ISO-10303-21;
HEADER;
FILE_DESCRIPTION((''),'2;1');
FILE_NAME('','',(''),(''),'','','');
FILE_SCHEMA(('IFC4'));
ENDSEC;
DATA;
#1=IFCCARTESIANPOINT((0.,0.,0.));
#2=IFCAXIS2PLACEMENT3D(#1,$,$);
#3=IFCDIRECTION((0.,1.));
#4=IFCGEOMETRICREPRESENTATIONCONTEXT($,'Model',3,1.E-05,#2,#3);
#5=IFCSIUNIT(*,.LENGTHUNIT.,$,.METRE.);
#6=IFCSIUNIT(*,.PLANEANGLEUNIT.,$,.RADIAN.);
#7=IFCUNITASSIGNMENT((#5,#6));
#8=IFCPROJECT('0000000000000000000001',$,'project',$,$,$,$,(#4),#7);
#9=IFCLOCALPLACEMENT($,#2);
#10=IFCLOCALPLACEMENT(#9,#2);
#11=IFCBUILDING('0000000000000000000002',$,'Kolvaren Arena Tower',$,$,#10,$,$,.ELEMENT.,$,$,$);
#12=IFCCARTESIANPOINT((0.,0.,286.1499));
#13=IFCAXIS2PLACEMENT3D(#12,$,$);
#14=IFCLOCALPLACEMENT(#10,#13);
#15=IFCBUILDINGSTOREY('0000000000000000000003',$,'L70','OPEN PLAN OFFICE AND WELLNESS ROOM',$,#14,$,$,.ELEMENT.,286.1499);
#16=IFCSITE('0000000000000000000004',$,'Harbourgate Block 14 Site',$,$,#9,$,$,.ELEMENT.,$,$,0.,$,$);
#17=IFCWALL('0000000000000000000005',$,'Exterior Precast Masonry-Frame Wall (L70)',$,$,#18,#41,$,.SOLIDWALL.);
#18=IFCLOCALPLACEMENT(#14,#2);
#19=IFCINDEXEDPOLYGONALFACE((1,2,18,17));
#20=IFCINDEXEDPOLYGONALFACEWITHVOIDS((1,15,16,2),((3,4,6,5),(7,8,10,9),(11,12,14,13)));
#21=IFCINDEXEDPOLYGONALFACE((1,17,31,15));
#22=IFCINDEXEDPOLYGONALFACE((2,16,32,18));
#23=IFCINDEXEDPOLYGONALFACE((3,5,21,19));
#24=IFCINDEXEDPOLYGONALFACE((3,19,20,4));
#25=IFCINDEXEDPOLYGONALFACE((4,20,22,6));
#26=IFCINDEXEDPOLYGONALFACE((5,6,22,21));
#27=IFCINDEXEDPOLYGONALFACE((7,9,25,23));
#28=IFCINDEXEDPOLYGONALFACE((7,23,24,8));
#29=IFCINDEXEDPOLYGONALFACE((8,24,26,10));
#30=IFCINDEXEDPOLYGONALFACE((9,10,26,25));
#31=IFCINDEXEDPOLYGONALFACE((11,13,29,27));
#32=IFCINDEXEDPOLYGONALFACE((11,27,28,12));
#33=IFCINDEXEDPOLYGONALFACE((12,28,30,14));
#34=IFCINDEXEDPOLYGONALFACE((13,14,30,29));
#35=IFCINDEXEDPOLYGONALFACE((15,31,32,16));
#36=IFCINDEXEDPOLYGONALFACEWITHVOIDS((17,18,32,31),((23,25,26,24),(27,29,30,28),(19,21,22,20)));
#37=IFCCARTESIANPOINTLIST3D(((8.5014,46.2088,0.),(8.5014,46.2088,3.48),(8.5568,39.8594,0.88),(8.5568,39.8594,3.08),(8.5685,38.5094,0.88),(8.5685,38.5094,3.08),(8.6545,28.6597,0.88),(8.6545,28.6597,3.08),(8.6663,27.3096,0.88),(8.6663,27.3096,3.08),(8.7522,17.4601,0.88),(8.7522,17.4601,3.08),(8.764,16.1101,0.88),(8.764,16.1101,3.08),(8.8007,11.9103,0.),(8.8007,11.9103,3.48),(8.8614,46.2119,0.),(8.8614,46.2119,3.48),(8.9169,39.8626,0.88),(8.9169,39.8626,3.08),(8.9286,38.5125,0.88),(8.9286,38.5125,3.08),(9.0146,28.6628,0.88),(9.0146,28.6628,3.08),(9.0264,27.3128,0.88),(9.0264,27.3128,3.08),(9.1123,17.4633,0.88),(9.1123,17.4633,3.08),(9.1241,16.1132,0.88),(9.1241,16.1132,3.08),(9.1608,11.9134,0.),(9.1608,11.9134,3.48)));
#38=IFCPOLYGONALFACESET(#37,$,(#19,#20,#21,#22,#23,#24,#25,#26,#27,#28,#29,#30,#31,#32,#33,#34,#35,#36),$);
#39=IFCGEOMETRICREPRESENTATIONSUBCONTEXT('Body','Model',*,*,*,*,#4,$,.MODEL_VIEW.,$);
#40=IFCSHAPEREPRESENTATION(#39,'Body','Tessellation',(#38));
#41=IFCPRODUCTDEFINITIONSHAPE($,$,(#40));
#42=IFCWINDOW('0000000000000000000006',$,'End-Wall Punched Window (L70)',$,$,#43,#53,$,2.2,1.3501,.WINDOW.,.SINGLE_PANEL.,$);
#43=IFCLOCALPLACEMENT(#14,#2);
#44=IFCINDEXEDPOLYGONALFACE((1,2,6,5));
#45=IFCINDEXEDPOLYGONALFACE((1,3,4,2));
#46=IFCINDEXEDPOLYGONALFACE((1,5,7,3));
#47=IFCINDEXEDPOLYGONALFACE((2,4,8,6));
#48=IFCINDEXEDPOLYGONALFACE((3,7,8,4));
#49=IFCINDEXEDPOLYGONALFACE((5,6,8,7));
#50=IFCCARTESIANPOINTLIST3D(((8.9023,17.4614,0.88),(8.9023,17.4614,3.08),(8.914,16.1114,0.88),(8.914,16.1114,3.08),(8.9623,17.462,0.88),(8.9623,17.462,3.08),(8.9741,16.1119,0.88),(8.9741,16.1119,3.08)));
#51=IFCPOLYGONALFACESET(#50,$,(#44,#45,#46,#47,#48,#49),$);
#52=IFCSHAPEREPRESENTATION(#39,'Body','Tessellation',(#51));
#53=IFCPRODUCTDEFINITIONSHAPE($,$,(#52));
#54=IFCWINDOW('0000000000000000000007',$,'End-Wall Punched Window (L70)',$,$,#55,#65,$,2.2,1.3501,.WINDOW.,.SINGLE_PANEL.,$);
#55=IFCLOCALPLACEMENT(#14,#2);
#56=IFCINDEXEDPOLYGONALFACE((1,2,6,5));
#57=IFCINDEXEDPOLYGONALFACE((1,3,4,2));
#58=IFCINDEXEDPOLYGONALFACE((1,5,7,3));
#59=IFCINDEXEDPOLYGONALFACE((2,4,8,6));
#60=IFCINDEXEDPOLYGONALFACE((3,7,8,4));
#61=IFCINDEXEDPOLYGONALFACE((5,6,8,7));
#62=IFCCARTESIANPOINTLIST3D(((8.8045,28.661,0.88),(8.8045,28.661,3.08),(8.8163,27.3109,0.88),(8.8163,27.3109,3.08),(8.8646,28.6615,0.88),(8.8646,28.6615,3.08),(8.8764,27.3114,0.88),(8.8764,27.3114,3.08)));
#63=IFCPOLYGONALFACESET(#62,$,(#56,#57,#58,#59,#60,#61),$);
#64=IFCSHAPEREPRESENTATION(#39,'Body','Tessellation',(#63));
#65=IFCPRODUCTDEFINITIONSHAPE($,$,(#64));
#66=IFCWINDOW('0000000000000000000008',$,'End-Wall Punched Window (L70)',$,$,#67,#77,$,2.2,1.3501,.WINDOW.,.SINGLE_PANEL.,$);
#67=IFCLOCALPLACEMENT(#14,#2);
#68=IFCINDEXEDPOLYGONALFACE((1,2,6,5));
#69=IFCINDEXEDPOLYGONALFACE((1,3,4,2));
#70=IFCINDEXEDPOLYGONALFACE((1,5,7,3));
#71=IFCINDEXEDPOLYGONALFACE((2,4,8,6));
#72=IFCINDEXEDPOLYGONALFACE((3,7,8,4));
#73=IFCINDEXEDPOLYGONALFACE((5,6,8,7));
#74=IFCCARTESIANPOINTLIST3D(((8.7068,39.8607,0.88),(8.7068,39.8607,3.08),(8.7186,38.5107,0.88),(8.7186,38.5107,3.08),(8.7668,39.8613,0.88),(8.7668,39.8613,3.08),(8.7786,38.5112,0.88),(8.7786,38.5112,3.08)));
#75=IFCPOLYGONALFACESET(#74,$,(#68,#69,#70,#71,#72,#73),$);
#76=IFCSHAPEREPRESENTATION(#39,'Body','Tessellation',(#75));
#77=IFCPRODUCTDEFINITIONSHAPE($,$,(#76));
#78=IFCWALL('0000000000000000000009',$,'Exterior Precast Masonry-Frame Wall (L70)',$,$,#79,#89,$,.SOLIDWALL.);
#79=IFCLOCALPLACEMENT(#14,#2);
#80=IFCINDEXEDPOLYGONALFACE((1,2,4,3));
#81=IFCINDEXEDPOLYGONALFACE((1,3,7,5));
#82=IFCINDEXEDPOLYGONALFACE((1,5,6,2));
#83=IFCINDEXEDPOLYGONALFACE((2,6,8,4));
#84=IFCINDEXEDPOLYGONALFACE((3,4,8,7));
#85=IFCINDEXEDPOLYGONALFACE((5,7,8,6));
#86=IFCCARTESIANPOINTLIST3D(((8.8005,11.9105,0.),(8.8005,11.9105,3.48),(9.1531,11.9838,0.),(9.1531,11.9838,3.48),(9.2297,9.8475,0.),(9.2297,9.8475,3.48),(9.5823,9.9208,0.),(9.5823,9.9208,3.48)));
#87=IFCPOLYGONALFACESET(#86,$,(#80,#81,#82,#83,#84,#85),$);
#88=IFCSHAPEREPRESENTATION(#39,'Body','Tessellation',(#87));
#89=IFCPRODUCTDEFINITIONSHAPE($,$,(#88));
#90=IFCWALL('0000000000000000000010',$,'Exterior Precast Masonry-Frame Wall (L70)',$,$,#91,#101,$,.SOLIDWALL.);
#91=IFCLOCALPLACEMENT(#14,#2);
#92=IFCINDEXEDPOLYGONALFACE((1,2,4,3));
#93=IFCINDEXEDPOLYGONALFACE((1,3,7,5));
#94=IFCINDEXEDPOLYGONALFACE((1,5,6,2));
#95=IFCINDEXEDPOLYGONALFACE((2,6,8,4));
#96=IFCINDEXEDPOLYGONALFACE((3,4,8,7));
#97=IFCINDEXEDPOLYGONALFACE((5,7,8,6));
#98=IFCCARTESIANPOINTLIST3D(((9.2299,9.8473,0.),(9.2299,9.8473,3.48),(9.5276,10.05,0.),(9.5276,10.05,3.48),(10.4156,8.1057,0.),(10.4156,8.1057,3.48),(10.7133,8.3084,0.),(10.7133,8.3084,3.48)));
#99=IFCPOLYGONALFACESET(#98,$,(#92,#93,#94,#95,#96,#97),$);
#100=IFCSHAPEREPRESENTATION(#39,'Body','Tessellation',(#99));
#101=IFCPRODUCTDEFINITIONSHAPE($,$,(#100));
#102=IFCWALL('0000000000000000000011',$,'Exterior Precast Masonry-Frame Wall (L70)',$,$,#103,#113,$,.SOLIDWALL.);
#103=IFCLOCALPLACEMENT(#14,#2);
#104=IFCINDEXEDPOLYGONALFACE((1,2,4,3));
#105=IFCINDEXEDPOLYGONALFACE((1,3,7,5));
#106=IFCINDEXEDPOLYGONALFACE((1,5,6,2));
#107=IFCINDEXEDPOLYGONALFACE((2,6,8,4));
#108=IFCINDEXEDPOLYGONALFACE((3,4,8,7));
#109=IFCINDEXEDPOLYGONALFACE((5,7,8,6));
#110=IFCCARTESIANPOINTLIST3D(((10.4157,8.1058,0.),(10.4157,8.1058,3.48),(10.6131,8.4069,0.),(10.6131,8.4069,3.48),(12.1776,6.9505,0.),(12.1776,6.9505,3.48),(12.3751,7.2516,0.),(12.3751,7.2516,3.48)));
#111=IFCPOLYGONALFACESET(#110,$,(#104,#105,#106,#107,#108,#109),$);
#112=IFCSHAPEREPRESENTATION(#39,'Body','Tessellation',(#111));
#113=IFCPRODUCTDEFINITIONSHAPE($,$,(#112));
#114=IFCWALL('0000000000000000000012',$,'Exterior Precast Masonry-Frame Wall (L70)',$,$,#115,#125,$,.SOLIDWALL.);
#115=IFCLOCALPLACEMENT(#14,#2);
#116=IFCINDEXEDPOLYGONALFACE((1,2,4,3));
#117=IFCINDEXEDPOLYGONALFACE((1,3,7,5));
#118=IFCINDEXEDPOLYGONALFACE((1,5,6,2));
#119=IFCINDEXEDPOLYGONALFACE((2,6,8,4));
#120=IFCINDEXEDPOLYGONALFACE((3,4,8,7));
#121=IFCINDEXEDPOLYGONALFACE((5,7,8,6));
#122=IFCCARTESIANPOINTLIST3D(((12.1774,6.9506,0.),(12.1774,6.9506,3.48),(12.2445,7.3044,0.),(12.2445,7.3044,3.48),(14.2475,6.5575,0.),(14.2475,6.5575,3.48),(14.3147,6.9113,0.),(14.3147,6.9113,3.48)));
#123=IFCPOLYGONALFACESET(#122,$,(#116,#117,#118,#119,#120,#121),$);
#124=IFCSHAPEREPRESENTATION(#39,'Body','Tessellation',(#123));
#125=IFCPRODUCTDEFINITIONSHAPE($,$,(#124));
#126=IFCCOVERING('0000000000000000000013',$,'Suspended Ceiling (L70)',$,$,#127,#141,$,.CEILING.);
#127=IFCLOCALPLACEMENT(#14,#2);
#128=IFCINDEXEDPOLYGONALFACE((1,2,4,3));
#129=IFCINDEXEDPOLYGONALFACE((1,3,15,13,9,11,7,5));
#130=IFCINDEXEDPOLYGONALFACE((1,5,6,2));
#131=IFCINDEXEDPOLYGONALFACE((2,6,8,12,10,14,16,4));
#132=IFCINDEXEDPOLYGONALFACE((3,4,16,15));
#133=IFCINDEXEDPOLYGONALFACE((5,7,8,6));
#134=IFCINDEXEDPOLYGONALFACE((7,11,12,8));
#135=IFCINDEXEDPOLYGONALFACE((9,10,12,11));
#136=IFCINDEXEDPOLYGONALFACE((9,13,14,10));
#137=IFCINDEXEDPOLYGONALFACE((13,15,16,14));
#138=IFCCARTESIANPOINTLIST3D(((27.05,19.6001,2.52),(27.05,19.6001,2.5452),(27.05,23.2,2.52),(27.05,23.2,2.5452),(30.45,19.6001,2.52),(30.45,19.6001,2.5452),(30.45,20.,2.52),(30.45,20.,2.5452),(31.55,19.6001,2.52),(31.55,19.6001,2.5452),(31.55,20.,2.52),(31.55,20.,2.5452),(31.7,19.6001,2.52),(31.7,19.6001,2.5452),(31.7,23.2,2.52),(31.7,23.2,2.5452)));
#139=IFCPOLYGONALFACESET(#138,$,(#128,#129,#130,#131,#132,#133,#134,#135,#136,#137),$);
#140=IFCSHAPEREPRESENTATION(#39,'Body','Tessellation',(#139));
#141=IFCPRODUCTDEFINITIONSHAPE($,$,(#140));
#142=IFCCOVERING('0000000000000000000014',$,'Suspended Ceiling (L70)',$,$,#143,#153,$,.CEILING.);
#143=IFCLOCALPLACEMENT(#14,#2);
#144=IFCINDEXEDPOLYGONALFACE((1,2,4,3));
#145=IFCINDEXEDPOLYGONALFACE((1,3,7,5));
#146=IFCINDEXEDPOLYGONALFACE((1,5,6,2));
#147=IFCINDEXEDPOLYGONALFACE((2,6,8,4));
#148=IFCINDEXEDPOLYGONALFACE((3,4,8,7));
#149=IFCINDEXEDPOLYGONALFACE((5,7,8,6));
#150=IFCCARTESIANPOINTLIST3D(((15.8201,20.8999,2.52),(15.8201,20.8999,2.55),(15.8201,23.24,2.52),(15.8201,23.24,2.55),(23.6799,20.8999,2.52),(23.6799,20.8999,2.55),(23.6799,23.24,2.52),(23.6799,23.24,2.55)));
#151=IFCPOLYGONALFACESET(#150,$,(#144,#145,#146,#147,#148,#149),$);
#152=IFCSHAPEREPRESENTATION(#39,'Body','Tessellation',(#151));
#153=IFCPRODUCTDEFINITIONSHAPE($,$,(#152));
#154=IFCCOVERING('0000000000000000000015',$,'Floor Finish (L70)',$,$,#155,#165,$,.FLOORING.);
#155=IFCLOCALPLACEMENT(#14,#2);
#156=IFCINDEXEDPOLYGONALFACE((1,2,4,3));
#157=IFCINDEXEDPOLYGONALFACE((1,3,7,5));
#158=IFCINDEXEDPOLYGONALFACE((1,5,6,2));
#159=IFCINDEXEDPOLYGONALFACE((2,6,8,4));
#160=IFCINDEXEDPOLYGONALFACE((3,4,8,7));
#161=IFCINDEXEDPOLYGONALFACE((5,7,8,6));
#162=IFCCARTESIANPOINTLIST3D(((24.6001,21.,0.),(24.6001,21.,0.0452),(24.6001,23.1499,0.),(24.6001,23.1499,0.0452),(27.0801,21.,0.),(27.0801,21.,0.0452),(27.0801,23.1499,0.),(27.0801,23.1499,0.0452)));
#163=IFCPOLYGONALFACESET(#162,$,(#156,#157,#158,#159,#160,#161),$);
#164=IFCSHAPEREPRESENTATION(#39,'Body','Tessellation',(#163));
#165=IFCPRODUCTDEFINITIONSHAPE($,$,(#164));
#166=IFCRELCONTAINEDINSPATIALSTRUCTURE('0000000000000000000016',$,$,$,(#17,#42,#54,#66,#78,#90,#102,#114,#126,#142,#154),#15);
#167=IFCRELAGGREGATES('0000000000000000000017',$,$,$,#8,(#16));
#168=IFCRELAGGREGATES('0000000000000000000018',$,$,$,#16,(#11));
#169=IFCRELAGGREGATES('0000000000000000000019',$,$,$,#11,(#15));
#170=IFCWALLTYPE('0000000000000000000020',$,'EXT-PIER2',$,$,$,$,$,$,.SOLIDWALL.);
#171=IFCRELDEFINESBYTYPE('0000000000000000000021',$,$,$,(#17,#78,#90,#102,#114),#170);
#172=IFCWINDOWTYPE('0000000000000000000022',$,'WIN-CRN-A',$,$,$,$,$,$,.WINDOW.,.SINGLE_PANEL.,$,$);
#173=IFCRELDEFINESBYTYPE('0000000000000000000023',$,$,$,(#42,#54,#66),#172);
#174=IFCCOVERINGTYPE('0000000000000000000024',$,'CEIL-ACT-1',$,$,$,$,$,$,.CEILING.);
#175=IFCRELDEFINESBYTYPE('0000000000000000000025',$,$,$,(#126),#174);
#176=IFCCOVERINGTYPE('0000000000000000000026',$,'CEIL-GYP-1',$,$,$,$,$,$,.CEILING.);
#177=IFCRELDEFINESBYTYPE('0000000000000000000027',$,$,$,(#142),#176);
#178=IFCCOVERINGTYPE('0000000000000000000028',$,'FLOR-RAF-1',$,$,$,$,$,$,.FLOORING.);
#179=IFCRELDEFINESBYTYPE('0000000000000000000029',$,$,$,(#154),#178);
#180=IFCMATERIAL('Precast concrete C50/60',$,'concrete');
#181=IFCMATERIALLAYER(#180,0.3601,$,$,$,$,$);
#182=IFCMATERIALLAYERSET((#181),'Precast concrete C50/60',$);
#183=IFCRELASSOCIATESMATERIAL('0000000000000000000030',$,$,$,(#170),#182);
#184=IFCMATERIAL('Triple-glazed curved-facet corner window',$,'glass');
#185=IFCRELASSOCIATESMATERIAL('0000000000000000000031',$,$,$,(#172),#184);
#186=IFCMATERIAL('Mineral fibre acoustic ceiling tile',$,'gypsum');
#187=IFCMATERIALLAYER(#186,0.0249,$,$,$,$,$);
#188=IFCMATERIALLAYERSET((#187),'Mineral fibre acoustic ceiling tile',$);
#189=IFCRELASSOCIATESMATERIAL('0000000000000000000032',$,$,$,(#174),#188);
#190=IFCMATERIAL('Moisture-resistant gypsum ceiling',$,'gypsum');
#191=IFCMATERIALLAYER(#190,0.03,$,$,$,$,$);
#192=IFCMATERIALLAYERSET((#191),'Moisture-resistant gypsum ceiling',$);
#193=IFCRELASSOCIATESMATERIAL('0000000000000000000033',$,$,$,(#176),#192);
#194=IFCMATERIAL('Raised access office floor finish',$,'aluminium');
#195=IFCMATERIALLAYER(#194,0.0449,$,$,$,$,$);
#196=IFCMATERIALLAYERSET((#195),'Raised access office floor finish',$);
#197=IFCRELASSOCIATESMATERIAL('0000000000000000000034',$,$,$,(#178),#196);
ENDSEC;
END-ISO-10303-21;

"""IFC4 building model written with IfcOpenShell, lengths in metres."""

from ifc_helpers import new_model, si_unit, direction, frame, frame_2d, origin, place, context, subcontext, project, spatial, polyline, rectangle, outline, extrude, material, layer, layer_set, type_object, element, fill, save


model = new_model("IFC4")

# Units and contexts
model_context = context("Model", 3, precision=1e-05, world=origin(), true_north=direction((0.0, 1.0)))
body_context = subcontext(model_context, "Body", "Model", "MODEL_VIEW")
ifc_project = project(units=[si_unit("LENGTHUNIT", "METRE"), si_unit("PLANEANGLEUNIT", "RADIAN")], contexts=[model_context])

# Site, building, storey
site_placement = place(None, origin())
site = spatial("IfcSite", under=ifc_project, at=site_placement, Name="Harbourgate Block 14 Site", CompositionType="ELEMENT", RefElevation=0.0)
building_placement = place(site_placement, origin())
building = spatial("IfcBuilding", under=site, at=building_placement, Name="Kolvaren Arena Tower", CompositionType="ELEMENT")
storey_placement = place(building_placement, frame((0.0, 0.0, 286.1499)))
storey = spatial("IfcBuildingStorey", under=building, at=storey_placement, Name="L70", Description="OPEN PLAN OFFICE AND WELLNESS ROOM", CompositionType="ELEMENT", Elevation=286.1499)

# Shared definitions
ifc_material_1 = material(Name="Precast concrete C50/60", Category="concrete")

# Wall, openings, windows
ifc_layer_1 = layer(ifc_material_1, 0.3601)
ifc_layer_set_1 = layer_set([ifc_layer_1], Name="Precast concrete C50/60")
wall_type = type_object("IfcWallType", Name="EXT-PIER2", PredefinedType="SOLIDWALL", material=ifc_layer_set_1)
wall_1_placement = place(storey_placement, frame((8.9807, 11.9119, 0.0), z_axis=(0.0, 0.0, 1.0), x_axis=(-0.008726, 0.999962, 0.0)))
wall_1 = element("IfcWall", 1, at=wall_1_placement, inside=storey, type_object=wall_type, Name="Exterior Precast Masonry-Frame Wall (L70)", PredefinedType="SOLIDWALL", context=body_context, shape_type="SweptSolid", body=[
    extrude(rectangle(XDim=34.2998, YDim=0.3601, at=frame_2d((17.1499, 0.0))), origin(), (0.0, 0.0, 1.0), 3.48),
])
opening_1_placement = place(wall_1_placement, frame((4.2, 0.0, 0.8799)))
opening_1 = element("IfcOpeningElement", 2, at=opening_1_placement, cuts=wall_1, PredefinedType="OPENING", context=body_context, shape_type="SweptSolid", body=[
    extrude(rectangle(XDim=1.3501, YDim=2.2, at=frame_2d((0.675, 1.1001))), frame((0.0, 0.1899, 0.0), z_axis=(0.0, -1.0, 0.0), x_axis=(1.0, 0.0, 0.0)), (0.0, 0.0, 1.0), 0.3801),
])
opening_2_placement = place(wall_1_placement, frame((15.3999, 0.0, 0.8799)))
opening_2 = element("IfcOpeningElement", 3, at=opening_2_placement, cuts=wall_1, PredefinedType="OPENING", context=body_context, shape_type="SweptSolid", body=[
    extrude(rectangle(XDim=1.3501, YDim=2.2, at=frame_2d((0.675, 1.1001))), frame((0.0, 0.1899, 0.0), z_axis=(0.0, -1.0, 0.0), x_axis=(1.0, 0.0, 0.0)), (0.0, 0.0, 1.0), 0.3801),
])
opening_3_placement = place(wall_1_placement, frame((26.6001, 0.0, 0.8799)))
opening_3 = element("IfcOpeningElement", 4, at=opening_3_placement, cuts=wall_1, PredefinedType="OPENING", context=body_context, shape_type="SweptSolid", body=[
    extrude(rectangle(XDim=1.3501, YDim=2.2, at=frame_2d((0.675, 1.1001))), frame((0.0, 0.1899, 0.0), z_axis=(0.0, -1.0, 0.0), x_axis=(1.0, 0.0, 0.0)), (0.0, 0.0, 1.0), 0.3801),
])
ifc_material_2 = material(Name="Triple-glazed curved-facet corner window", Category="glass")
window_type = type_object("IfcWindowType", Name="WIN-CRN-A", PartitioningType="SINGLE_PANEL", PredefinedType="WINDOW", material=ifc_material_2)
window_1_placement = place(opening_1_placement, origin())
window_1 = element("IfcWindow", 5, at=window_1_placement, inside=storey, type_object=window_type, Name="End-Wall Punched Window (L70)", OverallHeight=2.2, OverallWidth=1.3501, PartitioningType="SINGLE_PANEL", PredefinedType="WINDOW", context=body_context, shape_type="SweptSolid", body=[
    extrude(rectangle(XDim=1.3501, YDim=2.2, at=frame_2d((0.675, 1.1001))), frame((0.0, 0.03, 0.0), z_axis=(0.0, -1.0, 0.0), x_axis=(1.0, 0.0, 0.0)), (0.0, 0.0, 1.0), 0.0601),
])
fill(opening_1, window_1)
window_2_placement = place(opening_2_placement, origin())
window_2 = element("IfcWindow", 6, at=window_2_placement, inside=storey, type_object=window_type, Name="End-Wall Punched Window (L70)", OverallHeight=2.2, OverallWidth=1.3501, PartitioningType="SINGLE_PANEL", PredefinedType="WINDOW", context=body_context, shape_type="SweptSolid", body=[
    extrude(rectangle(XDim=1.3501, YDim=2.2, at=frame_2d((0.675, 1.1001))), frame((0.0, 0.03, 0.0), z_axis=(0.0, -1.0, 0.0), x_axis=(1.0, 0.0, 0.0)), (0.0, 0.0, 1.0), 0.0601),
])
fill(opening_2, window_2)
window_3_placement = place(opening_3_placement, origin())
window_3 = element("IfcWindow", 7, at=window_3_placement, inside=storey, type_object=window_type, Name="End-Wall Punched Window (L70)", OverallHeight=2.2, OverallWidth=1.3501, PartitioningType="SINGLE_PANEL", PredefinedType="WINDOW", context=body_context, shape_type="SweptSolid", body=[
    extrude(rectangle(XDim=1.3501, YDim=2.2, at=frame_2d((0.675, 1.1001))), frame((0.0, 0.03, 0.0), z_axis=(0.0, -1.0, 0.0), x_axis=(1.0, 0.0, 0.0)), (0.0, 0.0, 1.0), 0.0601),
])
fill(opening_3, window_3)

# Walls
wall_2_placement = place(storey_placement, frame((9.406, 9.884, 0.0), z_axis=(0.0, 0.0, 1.0), x_axis=(-0.203686, 0.979036, 0.0)))
element("IfcWall", 8, at=wall_2_placement, inside=storey, type_object=wall_type, Name="Exterior Precast Masonry-Frame Wall (L70)", PredefinedType="SOLIDWALL", context=body_context, shape_type="SweptSolid", body=[
    extrude(rectangle(XDim=2.1072, YDim=0.3601, at=frame_2d((1.0537, 0.0))), origin(), (0.0, 0.0, 1.0), 3.48),
])
for number, where, z_axis, x_axis, name in (
    (9, (10.5645, 8.207, 0.0), (0.0, 0.0, 1.0), (-0.562776, 0.82661, 0.0), "Exterior Precast Masonry-Frame Wall (L70)"),
    (10, (12.2764, 7.1011, 0.0), (0.0, 0.0, 1.0), (-0.836269, 0.54832, 0.0), "Exterior Precast Masonry-Frame Wall (L70)"),
):
    element("IfcWall", number, at=place(storey_placement, frame(where, z_axis=z_axis, x_axis=x_axis)), inside=storey, type_object=wall_type, Name=name, PredefinedType="SOLIDWALL", context=body_context, shape_type="SweptSolid", body=[
        extrude(rectangle(XDim=2.1069, YDim=0.3601, at=frame_2d((1.0535, 0.0))), origin(), (0.0, 0.0, 1.0), 3.48),
    ])
wall_3_placement = place(storey_placement, frame((14.2812, 6.7344, 0.0), z_axis=(0.0, 0.0, 1.0), x_axis=(-0.982446, 0.186548, 0.0)))
element("IfcWall", 11, at=wall_3_placement, inside=storey, type_object=wall_type, Name="Exterior Precast Masonry-Frame Wall (L70)", PredefinedType="SOLIDWALL", context=body_context, shape_type="SweptSolid", body=[
    extrude(rectangle(XDim=2.1072, YDim=0.3601, at=frame_2d((1.0537, 0.0))), origin(), (0.0, 0.0, 1.0), 3.48),
])

# Coverings
ifc_material_3 = material(Name="Mineral fibre acoustic ceiling tile", Category="gypsum")
ifc_layer_2 = layer(ifc_material_3, 0.0249)
ifc_layer_set_2 = layer_set([ifc_layer_2], Name="Mineral fibre acoustic ceiling tile")
covering_type_1 = type_object("IfcCoveringType", Name="CEIL-ACT-1", PredefinedType="CEILING", material=ifc_layer_set_2)
covering_1_placement = place(storey_placement, frame((0.0, 0.0, 2.52)))
element("IfcCovering", 12, at=covering_1_placement, inside=storey, type_object=covering_type_1, Name="Suspended Ceiling (L70)", PredefinedType="CEILING", context=body_context, shape_type="SweptSolid", body=[
    extrude(outline(polyline([(27.05, 19.6001), (27.05, 23.2), (31.7, 23.2), (31.7, 19.6001), (31.55, 19.6001), (31.55, 20.0), (30.45, 20.0), (30.45, 19.6001), (27.05, 19.6001)])), origin(), (0.0, 0.0, 1.0), 0.0251),
])
ifc_material_4 = material(Name="Moisture-resistant gypsum ceiling", Category="gypsum")
ifc_layer_3 = layer(ifc_material_4, 0.03)
ifc_layer_set_3 = layer_set([ifc_layer_3], Name="Moisture-resistant gypsum ceiling")
covering_type_2 = type_object("IfcCoveringType", Name="CEIL-GYP-1", PredefinedType="CEILING", material=ifc_layer_set_3)
covering_2_placement = place(storey_placement, frame((0.0, 0.0, 2.52)))
element("IfcCovering", 13, at=covering_2_placement, inside=storey, type_object=covering_type_2, Name="Suspended Ceiling (L70)", PredefinedType="CEILING", context=body_context, shape_type="SweptSolid", body=[
    extrude(outline(polyline([(15.8201, 20.8999), (15.8201, 23.24), (23.6799, 23.24), (23.6799, 20.8999), (15.8201, 20.8999)])), origin(), (0.0, 0.0, 1.0), 0.03),
])
ifc_material_5 = material(Name="Raised access office floor finish", Category="aluminium")
ifc_layer_4 = layer(ifc_material_5, 0.0449)
ifc_layer_set_4 = layer_set([ifc_layer_4], Name="Raised access office floor finish")
covering_type_3 = type_object("IfcCoveringType", Name="FLOR-RAF-1", PredefinedType="FLOORING", material=ifc_layer_set_4)
covering_3_placement = place(storey_placement, origin())
element("IfcCovering", 14, at=covering_3_placement, inside=storey, type_object=covering_type_3, Name="Floor Finish (L70)", PredefinedType="FLOORING", context=body_context, shape_type="SweptSolid", body=[
    extrude(outline(polyline([(24.6001, 21.0), (24.6001, 23.1499), (27.0801, 23.1499), (27.0801, 21.0), (24.6001, 21.0)])), origin(), (0.0, 0.0, 1.0), 0.0452),
])

save(model, "model.ifc")
